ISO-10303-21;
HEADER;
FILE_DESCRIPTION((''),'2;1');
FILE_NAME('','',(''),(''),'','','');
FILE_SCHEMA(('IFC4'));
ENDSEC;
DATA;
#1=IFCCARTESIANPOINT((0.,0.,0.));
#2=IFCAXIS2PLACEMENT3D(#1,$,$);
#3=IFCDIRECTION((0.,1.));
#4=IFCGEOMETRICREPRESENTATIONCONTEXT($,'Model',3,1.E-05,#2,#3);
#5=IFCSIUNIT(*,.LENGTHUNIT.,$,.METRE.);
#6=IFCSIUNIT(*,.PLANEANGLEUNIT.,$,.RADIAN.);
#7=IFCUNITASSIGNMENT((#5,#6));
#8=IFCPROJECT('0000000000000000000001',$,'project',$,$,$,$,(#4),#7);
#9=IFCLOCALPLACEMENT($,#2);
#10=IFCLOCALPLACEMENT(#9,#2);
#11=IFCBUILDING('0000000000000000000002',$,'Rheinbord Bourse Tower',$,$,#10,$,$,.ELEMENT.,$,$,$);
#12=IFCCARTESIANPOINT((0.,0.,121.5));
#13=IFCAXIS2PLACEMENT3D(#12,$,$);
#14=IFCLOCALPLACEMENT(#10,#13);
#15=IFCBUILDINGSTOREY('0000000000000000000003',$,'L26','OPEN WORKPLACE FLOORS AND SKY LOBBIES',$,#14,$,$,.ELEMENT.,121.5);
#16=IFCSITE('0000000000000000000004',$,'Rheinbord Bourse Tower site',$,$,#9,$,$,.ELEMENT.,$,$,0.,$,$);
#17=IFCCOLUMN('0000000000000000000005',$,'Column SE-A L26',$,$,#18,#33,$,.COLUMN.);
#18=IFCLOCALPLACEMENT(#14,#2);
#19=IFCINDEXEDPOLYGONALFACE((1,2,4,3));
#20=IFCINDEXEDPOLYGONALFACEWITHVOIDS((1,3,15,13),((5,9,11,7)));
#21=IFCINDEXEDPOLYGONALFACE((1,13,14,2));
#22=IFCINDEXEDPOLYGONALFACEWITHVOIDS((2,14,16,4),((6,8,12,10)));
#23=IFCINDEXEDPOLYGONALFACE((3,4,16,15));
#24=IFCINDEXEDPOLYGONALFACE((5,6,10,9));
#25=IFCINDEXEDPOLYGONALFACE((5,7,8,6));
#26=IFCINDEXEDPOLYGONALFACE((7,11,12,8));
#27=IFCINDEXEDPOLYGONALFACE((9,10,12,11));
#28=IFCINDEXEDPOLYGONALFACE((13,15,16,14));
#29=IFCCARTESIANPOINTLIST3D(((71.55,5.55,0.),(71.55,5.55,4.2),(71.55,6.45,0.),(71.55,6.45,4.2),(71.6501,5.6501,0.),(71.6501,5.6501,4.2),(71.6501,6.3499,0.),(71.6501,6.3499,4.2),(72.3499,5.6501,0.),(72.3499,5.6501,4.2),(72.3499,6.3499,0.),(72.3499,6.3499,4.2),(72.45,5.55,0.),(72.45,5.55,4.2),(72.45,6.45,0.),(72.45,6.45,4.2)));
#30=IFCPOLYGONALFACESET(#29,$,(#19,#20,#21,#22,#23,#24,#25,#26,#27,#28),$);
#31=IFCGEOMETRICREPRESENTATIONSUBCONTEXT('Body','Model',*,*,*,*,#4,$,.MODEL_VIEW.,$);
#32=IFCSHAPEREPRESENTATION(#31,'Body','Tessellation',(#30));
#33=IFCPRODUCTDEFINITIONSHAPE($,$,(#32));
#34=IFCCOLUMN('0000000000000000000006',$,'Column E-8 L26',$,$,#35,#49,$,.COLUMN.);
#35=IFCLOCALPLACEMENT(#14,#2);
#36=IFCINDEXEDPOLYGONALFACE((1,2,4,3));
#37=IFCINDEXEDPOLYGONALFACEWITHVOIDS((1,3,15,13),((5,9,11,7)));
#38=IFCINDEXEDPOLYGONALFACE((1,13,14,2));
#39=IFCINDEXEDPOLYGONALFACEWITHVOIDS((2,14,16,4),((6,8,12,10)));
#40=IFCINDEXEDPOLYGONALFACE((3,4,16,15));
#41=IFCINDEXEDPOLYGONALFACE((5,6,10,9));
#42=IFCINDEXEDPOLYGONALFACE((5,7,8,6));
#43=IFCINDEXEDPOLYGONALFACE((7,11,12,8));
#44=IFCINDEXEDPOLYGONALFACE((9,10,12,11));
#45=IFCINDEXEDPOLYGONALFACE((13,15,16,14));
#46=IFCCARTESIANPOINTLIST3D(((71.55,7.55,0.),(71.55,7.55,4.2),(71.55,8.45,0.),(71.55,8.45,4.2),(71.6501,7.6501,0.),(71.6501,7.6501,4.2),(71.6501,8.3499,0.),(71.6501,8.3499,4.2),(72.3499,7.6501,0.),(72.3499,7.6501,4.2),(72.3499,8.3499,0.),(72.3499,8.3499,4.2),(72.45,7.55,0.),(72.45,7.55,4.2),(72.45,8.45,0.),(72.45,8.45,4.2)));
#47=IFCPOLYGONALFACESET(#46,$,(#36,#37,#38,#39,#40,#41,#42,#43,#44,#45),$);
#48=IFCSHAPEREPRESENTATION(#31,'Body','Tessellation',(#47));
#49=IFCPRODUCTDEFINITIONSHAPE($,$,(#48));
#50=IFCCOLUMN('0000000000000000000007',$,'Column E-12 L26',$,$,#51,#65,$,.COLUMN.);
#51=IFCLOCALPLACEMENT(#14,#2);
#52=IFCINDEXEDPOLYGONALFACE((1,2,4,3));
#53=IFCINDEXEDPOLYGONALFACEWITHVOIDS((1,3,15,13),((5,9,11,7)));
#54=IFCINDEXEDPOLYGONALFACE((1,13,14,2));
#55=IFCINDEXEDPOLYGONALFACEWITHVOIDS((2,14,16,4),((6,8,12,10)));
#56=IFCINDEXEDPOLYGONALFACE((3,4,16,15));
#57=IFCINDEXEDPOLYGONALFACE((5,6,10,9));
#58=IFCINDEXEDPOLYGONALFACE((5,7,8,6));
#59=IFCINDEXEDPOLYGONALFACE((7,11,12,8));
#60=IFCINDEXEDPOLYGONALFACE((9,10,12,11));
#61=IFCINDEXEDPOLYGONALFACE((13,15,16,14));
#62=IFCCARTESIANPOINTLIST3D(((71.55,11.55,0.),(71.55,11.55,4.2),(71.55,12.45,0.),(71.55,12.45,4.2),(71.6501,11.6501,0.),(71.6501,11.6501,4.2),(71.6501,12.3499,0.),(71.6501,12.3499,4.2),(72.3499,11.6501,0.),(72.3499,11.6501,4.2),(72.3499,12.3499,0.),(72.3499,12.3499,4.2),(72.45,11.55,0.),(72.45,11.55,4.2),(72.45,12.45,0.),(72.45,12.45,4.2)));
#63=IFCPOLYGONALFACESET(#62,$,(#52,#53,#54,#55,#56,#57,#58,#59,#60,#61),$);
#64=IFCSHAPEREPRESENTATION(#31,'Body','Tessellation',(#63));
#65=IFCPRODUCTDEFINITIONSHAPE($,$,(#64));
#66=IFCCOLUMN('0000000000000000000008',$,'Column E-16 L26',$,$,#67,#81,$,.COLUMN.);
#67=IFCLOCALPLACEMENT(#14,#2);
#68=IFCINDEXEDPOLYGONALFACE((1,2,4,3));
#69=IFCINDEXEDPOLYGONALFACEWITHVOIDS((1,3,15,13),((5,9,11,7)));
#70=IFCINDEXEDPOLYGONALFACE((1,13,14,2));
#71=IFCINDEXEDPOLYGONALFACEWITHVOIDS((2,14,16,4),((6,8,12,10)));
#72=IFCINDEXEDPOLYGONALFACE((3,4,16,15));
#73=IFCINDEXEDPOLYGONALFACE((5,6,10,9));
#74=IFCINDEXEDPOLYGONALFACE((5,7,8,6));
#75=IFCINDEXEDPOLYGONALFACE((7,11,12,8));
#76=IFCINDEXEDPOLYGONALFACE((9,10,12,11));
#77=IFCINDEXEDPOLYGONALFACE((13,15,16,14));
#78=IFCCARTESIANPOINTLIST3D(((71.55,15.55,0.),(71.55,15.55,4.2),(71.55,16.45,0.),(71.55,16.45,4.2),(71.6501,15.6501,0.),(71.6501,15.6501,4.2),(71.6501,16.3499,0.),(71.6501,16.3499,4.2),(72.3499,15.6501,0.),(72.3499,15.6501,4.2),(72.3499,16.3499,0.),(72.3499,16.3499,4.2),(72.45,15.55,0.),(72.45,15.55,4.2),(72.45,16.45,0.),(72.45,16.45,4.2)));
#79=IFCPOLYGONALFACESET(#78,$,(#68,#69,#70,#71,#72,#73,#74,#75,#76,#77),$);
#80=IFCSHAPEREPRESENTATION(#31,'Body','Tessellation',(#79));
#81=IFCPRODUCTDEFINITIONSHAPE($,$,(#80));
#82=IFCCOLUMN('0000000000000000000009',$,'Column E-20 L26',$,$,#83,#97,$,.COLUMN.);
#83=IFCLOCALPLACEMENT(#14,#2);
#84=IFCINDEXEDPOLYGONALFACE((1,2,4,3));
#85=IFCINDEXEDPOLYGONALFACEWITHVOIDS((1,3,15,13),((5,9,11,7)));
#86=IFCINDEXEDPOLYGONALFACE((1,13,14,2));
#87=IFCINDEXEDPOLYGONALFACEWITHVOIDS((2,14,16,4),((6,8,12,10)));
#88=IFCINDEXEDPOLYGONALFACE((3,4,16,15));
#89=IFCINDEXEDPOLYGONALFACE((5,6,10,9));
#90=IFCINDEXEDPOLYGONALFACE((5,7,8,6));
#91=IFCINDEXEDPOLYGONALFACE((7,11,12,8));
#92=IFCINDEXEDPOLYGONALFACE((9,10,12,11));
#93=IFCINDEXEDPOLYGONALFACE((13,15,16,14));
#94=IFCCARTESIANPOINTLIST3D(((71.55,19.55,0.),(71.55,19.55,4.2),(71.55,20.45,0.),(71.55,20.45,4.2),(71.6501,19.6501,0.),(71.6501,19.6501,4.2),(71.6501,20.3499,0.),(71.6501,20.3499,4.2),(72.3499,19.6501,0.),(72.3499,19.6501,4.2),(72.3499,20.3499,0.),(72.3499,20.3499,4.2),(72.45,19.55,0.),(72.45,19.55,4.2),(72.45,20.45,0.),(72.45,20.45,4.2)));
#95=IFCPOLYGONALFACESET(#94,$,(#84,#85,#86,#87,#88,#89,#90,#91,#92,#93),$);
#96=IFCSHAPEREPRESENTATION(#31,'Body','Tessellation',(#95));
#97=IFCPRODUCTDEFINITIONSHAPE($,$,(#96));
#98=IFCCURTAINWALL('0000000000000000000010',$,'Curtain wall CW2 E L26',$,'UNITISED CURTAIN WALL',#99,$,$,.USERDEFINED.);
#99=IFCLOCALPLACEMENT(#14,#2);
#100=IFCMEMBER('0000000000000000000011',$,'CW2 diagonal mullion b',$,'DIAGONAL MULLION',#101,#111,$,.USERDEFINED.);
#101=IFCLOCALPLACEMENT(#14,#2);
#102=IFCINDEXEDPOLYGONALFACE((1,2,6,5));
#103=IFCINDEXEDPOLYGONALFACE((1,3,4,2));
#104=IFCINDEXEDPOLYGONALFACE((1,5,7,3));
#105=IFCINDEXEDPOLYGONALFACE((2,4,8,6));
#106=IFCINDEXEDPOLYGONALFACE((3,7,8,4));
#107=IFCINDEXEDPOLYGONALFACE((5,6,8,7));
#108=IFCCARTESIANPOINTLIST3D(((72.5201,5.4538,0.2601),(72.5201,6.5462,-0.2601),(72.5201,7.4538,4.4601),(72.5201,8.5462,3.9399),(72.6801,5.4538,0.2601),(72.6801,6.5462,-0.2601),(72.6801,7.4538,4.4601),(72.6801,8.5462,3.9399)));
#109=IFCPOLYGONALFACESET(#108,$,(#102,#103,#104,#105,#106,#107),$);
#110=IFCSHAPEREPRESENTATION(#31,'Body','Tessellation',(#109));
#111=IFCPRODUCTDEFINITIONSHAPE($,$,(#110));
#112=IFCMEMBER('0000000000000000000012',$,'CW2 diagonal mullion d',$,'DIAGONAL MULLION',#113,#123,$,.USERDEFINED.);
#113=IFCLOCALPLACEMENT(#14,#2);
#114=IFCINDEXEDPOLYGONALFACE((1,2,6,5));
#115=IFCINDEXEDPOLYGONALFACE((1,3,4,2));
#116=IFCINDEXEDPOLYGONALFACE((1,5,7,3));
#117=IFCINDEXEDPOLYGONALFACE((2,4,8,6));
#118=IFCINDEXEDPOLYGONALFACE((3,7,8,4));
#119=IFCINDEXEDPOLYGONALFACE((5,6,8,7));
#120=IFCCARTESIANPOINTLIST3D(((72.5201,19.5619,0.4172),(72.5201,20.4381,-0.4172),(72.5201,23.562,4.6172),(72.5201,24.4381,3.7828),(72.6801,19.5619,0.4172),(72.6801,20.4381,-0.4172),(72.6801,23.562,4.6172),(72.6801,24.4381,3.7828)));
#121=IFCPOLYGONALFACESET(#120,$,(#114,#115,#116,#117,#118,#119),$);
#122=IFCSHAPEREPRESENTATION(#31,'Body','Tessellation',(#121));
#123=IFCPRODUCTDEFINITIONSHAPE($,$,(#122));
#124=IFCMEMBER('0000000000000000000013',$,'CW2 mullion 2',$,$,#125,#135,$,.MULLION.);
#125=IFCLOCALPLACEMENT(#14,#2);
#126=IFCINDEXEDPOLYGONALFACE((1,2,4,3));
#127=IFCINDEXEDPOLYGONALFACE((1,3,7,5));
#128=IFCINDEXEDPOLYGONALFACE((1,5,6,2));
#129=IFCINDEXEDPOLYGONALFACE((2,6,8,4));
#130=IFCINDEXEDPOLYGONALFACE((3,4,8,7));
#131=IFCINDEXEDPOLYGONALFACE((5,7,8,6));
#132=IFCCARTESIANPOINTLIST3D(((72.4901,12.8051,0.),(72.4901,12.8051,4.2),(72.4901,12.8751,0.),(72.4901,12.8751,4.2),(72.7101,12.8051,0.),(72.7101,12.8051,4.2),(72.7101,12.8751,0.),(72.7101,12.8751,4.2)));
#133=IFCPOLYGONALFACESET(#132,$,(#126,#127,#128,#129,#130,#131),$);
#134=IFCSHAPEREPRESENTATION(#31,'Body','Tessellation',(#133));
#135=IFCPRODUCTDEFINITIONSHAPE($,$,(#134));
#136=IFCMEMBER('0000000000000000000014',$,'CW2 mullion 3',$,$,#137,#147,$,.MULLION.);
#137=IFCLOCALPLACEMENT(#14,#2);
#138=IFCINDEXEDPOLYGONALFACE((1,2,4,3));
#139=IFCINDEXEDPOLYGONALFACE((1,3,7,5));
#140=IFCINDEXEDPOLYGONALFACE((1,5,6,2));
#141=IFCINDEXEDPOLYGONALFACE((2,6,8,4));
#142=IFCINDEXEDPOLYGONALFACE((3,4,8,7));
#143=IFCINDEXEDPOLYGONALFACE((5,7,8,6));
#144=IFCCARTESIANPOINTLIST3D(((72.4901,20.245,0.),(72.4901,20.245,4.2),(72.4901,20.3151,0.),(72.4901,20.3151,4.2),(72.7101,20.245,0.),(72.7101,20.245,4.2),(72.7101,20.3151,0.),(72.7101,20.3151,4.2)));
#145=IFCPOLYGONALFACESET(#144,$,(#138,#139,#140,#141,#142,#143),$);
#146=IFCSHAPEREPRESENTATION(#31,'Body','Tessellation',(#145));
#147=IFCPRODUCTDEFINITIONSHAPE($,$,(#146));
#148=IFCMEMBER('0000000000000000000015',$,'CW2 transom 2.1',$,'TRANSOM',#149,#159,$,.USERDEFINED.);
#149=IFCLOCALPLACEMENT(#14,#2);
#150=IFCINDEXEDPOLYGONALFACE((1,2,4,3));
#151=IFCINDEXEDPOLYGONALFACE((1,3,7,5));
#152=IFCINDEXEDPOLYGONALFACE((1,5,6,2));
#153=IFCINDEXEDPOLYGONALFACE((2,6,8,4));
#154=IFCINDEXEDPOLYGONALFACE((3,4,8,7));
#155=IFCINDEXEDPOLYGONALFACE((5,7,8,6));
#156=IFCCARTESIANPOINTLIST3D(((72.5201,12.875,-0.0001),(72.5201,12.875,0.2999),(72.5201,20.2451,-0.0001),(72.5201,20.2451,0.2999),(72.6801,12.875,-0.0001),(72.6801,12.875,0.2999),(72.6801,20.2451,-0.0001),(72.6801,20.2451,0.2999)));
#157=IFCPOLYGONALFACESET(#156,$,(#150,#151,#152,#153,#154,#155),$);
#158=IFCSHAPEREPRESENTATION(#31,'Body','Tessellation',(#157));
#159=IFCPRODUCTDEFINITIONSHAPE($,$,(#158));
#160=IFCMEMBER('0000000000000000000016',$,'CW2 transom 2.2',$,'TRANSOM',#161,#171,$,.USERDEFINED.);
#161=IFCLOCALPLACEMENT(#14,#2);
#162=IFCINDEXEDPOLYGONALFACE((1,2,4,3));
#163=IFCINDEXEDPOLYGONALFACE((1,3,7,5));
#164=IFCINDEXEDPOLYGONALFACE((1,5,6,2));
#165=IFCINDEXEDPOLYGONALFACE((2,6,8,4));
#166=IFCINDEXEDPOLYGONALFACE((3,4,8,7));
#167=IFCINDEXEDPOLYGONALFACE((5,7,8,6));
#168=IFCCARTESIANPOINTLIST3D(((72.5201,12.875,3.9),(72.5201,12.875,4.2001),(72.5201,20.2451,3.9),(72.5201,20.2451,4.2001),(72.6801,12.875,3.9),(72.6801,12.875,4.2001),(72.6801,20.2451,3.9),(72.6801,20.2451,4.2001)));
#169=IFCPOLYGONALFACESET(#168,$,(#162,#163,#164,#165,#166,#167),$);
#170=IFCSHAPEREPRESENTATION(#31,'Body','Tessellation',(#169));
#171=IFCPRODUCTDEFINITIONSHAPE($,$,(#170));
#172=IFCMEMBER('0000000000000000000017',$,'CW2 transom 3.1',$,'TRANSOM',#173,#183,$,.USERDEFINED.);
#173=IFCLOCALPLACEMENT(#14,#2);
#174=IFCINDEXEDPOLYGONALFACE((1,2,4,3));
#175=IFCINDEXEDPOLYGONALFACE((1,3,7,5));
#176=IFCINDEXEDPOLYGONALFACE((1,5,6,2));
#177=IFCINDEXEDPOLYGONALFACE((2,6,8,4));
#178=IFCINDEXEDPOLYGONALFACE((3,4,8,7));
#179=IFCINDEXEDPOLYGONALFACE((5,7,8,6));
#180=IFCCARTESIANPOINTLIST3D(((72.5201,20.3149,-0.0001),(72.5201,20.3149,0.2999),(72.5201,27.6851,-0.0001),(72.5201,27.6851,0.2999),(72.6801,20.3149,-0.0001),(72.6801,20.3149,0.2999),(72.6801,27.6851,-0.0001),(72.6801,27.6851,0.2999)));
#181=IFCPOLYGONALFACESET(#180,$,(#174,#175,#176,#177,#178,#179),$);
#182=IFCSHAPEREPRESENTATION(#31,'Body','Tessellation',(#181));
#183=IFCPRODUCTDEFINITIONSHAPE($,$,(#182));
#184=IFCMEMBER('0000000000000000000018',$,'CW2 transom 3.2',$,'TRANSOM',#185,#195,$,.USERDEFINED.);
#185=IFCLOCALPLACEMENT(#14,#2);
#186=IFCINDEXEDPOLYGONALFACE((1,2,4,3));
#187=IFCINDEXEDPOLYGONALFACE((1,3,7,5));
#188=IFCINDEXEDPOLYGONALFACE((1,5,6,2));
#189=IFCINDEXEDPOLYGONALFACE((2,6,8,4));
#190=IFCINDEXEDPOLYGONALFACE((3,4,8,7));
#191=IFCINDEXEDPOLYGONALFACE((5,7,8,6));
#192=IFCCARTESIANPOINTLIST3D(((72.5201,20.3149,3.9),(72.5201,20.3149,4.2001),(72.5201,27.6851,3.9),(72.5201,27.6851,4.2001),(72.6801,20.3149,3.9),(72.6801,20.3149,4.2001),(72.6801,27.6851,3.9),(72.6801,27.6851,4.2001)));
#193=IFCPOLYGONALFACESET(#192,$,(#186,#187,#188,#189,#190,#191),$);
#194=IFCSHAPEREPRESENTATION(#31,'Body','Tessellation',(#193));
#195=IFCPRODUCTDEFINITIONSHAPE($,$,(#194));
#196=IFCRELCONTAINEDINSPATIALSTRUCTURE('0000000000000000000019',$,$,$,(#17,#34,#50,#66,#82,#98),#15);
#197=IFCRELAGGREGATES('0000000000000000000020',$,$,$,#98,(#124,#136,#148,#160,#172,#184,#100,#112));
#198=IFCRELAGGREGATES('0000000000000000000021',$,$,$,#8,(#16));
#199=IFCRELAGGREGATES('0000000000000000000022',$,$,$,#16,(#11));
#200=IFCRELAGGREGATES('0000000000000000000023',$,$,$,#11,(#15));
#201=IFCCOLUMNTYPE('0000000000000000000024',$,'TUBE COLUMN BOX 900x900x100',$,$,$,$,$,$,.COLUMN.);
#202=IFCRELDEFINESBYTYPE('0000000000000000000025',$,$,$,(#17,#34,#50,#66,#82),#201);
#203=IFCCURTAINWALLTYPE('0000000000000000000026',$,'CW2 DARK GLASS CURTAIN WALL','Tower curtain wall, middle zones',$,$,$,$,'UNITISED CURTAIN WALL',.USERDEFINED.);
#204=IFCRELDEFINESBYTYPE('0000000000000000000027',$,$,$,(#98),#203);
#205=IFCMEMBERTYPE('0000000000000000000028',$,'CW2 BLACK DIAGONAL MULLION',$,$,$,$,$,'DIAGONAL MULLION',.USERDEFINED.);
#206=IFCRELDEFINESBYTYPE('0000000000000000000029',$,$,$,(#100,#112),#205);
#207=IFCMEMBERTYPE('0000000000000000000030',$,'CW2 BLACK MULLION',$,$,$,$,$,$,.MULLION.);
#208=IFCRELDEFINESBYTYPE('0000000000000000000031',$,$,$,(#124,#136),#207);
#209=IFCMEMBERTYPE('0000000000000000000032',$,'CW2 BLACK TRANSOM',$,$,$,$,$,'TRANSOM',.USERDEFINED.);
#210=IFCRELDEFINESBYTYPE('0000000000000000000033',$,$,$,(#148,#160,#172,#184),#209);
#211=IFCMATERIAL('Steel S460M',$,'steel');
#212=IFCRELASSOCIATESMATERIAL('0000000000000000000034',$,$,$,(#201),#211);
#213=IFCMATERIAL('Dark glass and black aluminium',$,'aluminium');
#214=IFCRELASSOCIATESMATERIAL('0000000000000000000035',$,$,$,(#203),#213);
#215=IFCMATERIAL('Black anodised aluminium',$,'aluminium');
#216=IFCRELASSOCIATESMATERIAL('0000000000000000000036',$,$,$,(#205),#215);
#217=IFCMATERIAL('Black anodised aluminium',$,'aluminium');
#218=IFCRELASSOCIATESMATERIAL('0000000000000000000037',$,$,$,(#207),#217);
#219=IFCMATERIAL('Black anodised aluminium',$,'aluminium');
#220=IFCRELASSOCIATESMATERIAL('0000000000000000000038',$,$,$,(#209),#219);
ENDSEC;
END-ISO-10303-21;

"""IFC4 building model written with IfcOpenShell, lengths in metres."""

from ifc_helpers import new_model, si_unit, direction, frame, origin, origin_2d, place, context, subcontext, project, spatial, rectangle, hollow_rectangle, extrude, material, material_profile, profile_set, type_object, element, aggregate, save


model = new_model("IFC4")

# Units and contexts
model_context = context("Model", 3, precision=1e-05, world=origin(), true_north=direction((0.0, 1.0)))
body_context = subcontext(model_context, "Body", "Model", "MODEL_VIEW")
ifc_project = project(units=[si_unit("LENGTHUNIT", "METRE"), si_unit("PLANEANGLEUNIT", "RADIAN")], contexts=[model_context])

# Site, building, storey
site_placement = place(None, origin())
site = spatial("IfcSite", under=ifc_project, at=site_placement, Name="Rheinbord Bourse Tower site", CompositionType="ELEMENT", RefElevation=0.0)
building_placement = place(site_placement, origin())
building = spatial("IfcBuilding", under=site, at=building_placement, Name="Rheinbord Bourse Tower", CompositionType="ELEMENT")
storey_placement = place(building_placement, frame((0.0, 0.0, 121.5)))
storey = spatial("IfcBuildingStorey", under=building, at=storey_placement, Name="L26", Description="OPEN WORKPLACE FLOORS AND SKY LOBBIES", CompositionType="ELEMENT", Elevation=121.5)

# Columns
ifc_material_1 = material(Name="Steel S460M", Category="steel")
ifc_material_profile_1 = material_profile(ifc_material_1, hollow_rectangle(XDim=0.8999, YDim=0.8999, WallThickness=0.1001, at=origin_2d()), Name="BOX 900x900x100")
ifc_profile_set_1 = profile_set([ifc_material_profile_1], Name="Steel S460M")
column_type = type_object("IfcColumnType", Name="TUBE COLUMN BOX 900x900x100", PredefinedType="COLUMN", material=ifc_profile_set_1)
for number, where, z_axis, x_axis, name in (
    (1, (72.0, 6.0, 0.0), (0.0, 0.0, 1.0), (1.0, 0.0, 0.0), "Column SE-A L26"),
    (2, (72.0, 8.0, 0.0), (0.0, 0.0, 1.0), (1.0, 0.0, 0.0), "Column E-8 L26"),
    (3, (72.0, 12.0, 0.0), (0.0, 0.0, 1.0), (1.0, 0.0, 0.0), "Column E-12 L26"),
    (4, (72.0, 16.0, 0.0), (0.0, 0.0, 1.0), (1.0, 0.0, 0.0), "Column E-16 L26"),
    (5, (72.0, 20.0, 0.0), (0.0, 0.0, 1.0), (1.0, 0.0, 0.0), "Column E-20 L26"),
):
    element("IfcColumn", number, at=place(storey_placement, frame(where, z_axis=z_axis, x_axis=x_axis)), inside=storey, type_object=column_type, Name=name, PredefinedType="COLUMN", context=body_context, shape_type="SweptSolid", body=[
        extrude(hollow_rectangle(XDim=0.8999, YDim=0.8999, WallThickness=0.1001, at=origin_2d()), origin(), (0.0, 0.0, 1.0), 4.2),
    ])

# Curtain wall, members
ifc_material_2 = material(Name="Dark glass and black aluminium", Category="aluminium")
curtain_wall_type = type_object("IfcCurtainWallType", Name="CW2 DARK GLASS CURTAIN WALL", Description="Tower curtain wall, middle zones", ElementType="UNITISED CURTAIN WALL", PredefinedType="USERDEFINED", material=ifc_material_2)
curtain_wall_placement = place(storey_placement, origin())
curtain_wall = element("IfcCurtainWall", 6, at=curtain_wall_placement, inside=storey, type_object=curtain_wall_type, Name="Curtain wall CW2 E L26", ObjectType="UNITISED CURTAIN WALL", PredefinedType="USERDEFINED")
ifc_material_3 = material(Name="Black anodised aluminium", Category="aluminium")
ifc_material_profile_2 = material_profile(ifc_material_3, rectangle(XDim=0.1599, YDim=1.21, at=origin_2d()), Name="CW2 DIAGONAL MULLION 1210x160")
ifc_profile_set_2 = profile_set([ifc_material_profile_2], Name="Black anodised aluminium")
member_type_1 = type_object("IfcMemberType", Name="CW2 BLACK DIAGONAL MULLION", ElementType="DIAGONAL MULLION", PredefinedType="USERDEFINED", material=ifc_profile_set_2)
member_1_placement = place(storey_placement, frame((72.6001, 6.0, 0.0), z_axis=(0.0, 0.429938, 0.902859), x_axis=(-1.0, 0.0, 0.0)))
member_1 = element("IfcMember", 7, at=member_1_placement, type_object=member_type_1, Name="CW2 diagonal mullion b", ObjectType="DIAGONAL MULLION", PredefinedType="USERDEFINED", context=body_context, shape_type="SweptSolid", body=[
    extrude(rectangle(XDim=0.1599, YDim=1.21, at=origin_2d()), origin(), (0.0, 0.0, 1.0), 4.6519),
])
member_2_placement = place(storey_placement, frame((72.6001, 20.0, 0.0), z_axis=(0.0, 0.689659, 0.724134), x_axis=(-1.0, 0.0, 0.0)))
member_2 = element("IfcMember", 8, at=member_2_placement, type_object=member_type_1, Name="CW2 diagonal mullion d", ObjectType="DIAGONAL MULLION", PredefinedType="USERDEFINED", context=body_context, shape_type="SweptSolid", body=[
    extrude(rectangle(XDim=0.1599, YDim=1.21, at=origin_2d()), origin(), (0.0, 0.0, 1.0), 5.8),
])
ifc_material_4 = material(Name="Black anodised aluminium", Category="aluminium")
ifc_material_profile_3 = material_profile(ifc_material_4, rectangle(XDim=0.22, YDim=0.0701, at=origin_2d()), Name="CW2 MULLION 70x220")
ifc_profile_set_3 = profile_set([ifc_material_profile_3], Name="Black anodised aluminium")
member_type_2 = type_object("IfcMemberType", Name="CW2 BLACK MULLION", PredefinedType="MULLION", material=ifc_profile_set_3)
member_3_placement = place(storey_placement, frame((72.6001, 12.8401, 0.0), z_axis=(0.0, 0.0, 1.0), x_axis=(-1.0, 0.0, 0.0)))
member_3 = element("IfcMember", 9, at=member_3_placement, type_object=member_type_2, Name="CW2 mullion 2", PredefinedType="MULLION", context=body_context, shape_type="SweptSolid", body=[
    extrude(rectangle(XDim=0.22, YDim=0.0701, at=origin_2d()), origin(), (0.0, 0.0, 1.0), 4.2),
])
member_4_placement = place(storey_placement, frame((72.6001, 20.28, 0.0), z_axis=(0.0, 0.0, 1.0), x_axis=(-1.0, 0.0, 0.0)))
member_4 = element("IfcMember", 10, at=member_4_placement, type_object=member_type_2, Name="CW2 mullion 3", PredefinedType="MULLION", context=body_context, shape_type="SweptSolid", body=[
    extrude(rectangle(XDim=0.22, YDim=0.0701, at=origin_2d()), origin(), (0.0, 0.0, 1.0), 4.2),
])
ifc_material_5 = material(Name="Black anodised aluminium", Category="aluminium")
ifc_material_profile_4 = material_profile(ifc_material_5, rectangle(XDim=0.1599, YDim=0.3, at=origin_2d()), Name="CW2 TRANSOM 300x160")
ifc_profile_set_4 = profile_set([ifc_material_profile_4], Name="Black anodised aluminium")
member_type_3 = type_object("IfcMemberType", Name="CW2 BLACK TRANSOM", ElementType="TRANSOM", PredefinedType="USERDEFINED", material=ifc_profile_set_4)
member_5_placement = place(storey_placement, frame((72.6001, 12.875, 0.1499), z_axis=(0.0, 1.0, 0.0), x_axis=(-1.0, 0.0, 0.0)))
member_5 = element("IfcMember", 11, at=member_5_placement, type_object=member_type_3, Name="CW2 transom 2.1", ObjectType="TRANSOM", PredefinedType="USERDEFINED", context=body_context, shape_type="SweptSolid", body=[
    extrude(rectangle(XDim=0.1599, YDim=0.3, at=origin_2d()), origin(), (0.0, 0.0, 1.0), 7.3701),
])
member_6_placement = place(storey_placement, frame((72.6001, 12.875, 4.05), z_axis=(0.0, 1.0, 0.0), x_axis=(-1.0, 0.0, 0.0)))
member_6 = element("IfcMember", 12, at=member_6_placement, type_object=member_type_3, Name="CW2 transom 2.2", ObjectType="TRANSOM", PredefinedType="USERDEFINED", context=body_context, shape_type="SweptSolid", body=[
    extrude(rectangle(XDim=0.1599, YDim=0.3, at=origin_2d()), origin(), (0.0, 0.0, 1.0), 7.3701),
])
member_7_placement = place(storey_placement, frame((72.6001, 20.3149, 0.1499), z_axis=(0.0, 1.0, 0.0), x_axis=(-1.0, 0.0, 0.0)))
member_7 = element("IfcMember", 13, at=member_7_placement, type_object=member_type_3, Name="CW2 transom 3.1", ObjectType="TRANSOM", PredefinedType="USERDEFINED", context=body_context, shape_type="SweptSolid", body=[
    extrude(rectangle(XDim=0.1599, YDim=0.3, at=origin_2d()), origin(), (0.0, 0.0, 1.0), 7.3701),
])
member_8_placement = place(storey_placement, frame((72.6001, 20.3149, 4.05), z_axis=(0.0, 1.0, 0.0), x_axis=(-1.0, 0.0, 0.0)))
member_8 = element("IfcMember", 14, at=member_8_placement, type_object=member_type_3, Name="CW2 transom 3.2", ObjectType="TRANSOM", PredefinedType="USERDEFINED", context=body_context, shape_type="SweptSolid", body=[
    extrude(rectangle(XDim=0.1599, YDim=0.3, at=origin_2d()), origin(), (0.0, 0.0, 1.0), 7.3701),
])

aggregate(curtain_wall, [member_3, member_4, member_5, member_6, member_7, member_8, member_1, member_2])

save(model, "model.ifc")
